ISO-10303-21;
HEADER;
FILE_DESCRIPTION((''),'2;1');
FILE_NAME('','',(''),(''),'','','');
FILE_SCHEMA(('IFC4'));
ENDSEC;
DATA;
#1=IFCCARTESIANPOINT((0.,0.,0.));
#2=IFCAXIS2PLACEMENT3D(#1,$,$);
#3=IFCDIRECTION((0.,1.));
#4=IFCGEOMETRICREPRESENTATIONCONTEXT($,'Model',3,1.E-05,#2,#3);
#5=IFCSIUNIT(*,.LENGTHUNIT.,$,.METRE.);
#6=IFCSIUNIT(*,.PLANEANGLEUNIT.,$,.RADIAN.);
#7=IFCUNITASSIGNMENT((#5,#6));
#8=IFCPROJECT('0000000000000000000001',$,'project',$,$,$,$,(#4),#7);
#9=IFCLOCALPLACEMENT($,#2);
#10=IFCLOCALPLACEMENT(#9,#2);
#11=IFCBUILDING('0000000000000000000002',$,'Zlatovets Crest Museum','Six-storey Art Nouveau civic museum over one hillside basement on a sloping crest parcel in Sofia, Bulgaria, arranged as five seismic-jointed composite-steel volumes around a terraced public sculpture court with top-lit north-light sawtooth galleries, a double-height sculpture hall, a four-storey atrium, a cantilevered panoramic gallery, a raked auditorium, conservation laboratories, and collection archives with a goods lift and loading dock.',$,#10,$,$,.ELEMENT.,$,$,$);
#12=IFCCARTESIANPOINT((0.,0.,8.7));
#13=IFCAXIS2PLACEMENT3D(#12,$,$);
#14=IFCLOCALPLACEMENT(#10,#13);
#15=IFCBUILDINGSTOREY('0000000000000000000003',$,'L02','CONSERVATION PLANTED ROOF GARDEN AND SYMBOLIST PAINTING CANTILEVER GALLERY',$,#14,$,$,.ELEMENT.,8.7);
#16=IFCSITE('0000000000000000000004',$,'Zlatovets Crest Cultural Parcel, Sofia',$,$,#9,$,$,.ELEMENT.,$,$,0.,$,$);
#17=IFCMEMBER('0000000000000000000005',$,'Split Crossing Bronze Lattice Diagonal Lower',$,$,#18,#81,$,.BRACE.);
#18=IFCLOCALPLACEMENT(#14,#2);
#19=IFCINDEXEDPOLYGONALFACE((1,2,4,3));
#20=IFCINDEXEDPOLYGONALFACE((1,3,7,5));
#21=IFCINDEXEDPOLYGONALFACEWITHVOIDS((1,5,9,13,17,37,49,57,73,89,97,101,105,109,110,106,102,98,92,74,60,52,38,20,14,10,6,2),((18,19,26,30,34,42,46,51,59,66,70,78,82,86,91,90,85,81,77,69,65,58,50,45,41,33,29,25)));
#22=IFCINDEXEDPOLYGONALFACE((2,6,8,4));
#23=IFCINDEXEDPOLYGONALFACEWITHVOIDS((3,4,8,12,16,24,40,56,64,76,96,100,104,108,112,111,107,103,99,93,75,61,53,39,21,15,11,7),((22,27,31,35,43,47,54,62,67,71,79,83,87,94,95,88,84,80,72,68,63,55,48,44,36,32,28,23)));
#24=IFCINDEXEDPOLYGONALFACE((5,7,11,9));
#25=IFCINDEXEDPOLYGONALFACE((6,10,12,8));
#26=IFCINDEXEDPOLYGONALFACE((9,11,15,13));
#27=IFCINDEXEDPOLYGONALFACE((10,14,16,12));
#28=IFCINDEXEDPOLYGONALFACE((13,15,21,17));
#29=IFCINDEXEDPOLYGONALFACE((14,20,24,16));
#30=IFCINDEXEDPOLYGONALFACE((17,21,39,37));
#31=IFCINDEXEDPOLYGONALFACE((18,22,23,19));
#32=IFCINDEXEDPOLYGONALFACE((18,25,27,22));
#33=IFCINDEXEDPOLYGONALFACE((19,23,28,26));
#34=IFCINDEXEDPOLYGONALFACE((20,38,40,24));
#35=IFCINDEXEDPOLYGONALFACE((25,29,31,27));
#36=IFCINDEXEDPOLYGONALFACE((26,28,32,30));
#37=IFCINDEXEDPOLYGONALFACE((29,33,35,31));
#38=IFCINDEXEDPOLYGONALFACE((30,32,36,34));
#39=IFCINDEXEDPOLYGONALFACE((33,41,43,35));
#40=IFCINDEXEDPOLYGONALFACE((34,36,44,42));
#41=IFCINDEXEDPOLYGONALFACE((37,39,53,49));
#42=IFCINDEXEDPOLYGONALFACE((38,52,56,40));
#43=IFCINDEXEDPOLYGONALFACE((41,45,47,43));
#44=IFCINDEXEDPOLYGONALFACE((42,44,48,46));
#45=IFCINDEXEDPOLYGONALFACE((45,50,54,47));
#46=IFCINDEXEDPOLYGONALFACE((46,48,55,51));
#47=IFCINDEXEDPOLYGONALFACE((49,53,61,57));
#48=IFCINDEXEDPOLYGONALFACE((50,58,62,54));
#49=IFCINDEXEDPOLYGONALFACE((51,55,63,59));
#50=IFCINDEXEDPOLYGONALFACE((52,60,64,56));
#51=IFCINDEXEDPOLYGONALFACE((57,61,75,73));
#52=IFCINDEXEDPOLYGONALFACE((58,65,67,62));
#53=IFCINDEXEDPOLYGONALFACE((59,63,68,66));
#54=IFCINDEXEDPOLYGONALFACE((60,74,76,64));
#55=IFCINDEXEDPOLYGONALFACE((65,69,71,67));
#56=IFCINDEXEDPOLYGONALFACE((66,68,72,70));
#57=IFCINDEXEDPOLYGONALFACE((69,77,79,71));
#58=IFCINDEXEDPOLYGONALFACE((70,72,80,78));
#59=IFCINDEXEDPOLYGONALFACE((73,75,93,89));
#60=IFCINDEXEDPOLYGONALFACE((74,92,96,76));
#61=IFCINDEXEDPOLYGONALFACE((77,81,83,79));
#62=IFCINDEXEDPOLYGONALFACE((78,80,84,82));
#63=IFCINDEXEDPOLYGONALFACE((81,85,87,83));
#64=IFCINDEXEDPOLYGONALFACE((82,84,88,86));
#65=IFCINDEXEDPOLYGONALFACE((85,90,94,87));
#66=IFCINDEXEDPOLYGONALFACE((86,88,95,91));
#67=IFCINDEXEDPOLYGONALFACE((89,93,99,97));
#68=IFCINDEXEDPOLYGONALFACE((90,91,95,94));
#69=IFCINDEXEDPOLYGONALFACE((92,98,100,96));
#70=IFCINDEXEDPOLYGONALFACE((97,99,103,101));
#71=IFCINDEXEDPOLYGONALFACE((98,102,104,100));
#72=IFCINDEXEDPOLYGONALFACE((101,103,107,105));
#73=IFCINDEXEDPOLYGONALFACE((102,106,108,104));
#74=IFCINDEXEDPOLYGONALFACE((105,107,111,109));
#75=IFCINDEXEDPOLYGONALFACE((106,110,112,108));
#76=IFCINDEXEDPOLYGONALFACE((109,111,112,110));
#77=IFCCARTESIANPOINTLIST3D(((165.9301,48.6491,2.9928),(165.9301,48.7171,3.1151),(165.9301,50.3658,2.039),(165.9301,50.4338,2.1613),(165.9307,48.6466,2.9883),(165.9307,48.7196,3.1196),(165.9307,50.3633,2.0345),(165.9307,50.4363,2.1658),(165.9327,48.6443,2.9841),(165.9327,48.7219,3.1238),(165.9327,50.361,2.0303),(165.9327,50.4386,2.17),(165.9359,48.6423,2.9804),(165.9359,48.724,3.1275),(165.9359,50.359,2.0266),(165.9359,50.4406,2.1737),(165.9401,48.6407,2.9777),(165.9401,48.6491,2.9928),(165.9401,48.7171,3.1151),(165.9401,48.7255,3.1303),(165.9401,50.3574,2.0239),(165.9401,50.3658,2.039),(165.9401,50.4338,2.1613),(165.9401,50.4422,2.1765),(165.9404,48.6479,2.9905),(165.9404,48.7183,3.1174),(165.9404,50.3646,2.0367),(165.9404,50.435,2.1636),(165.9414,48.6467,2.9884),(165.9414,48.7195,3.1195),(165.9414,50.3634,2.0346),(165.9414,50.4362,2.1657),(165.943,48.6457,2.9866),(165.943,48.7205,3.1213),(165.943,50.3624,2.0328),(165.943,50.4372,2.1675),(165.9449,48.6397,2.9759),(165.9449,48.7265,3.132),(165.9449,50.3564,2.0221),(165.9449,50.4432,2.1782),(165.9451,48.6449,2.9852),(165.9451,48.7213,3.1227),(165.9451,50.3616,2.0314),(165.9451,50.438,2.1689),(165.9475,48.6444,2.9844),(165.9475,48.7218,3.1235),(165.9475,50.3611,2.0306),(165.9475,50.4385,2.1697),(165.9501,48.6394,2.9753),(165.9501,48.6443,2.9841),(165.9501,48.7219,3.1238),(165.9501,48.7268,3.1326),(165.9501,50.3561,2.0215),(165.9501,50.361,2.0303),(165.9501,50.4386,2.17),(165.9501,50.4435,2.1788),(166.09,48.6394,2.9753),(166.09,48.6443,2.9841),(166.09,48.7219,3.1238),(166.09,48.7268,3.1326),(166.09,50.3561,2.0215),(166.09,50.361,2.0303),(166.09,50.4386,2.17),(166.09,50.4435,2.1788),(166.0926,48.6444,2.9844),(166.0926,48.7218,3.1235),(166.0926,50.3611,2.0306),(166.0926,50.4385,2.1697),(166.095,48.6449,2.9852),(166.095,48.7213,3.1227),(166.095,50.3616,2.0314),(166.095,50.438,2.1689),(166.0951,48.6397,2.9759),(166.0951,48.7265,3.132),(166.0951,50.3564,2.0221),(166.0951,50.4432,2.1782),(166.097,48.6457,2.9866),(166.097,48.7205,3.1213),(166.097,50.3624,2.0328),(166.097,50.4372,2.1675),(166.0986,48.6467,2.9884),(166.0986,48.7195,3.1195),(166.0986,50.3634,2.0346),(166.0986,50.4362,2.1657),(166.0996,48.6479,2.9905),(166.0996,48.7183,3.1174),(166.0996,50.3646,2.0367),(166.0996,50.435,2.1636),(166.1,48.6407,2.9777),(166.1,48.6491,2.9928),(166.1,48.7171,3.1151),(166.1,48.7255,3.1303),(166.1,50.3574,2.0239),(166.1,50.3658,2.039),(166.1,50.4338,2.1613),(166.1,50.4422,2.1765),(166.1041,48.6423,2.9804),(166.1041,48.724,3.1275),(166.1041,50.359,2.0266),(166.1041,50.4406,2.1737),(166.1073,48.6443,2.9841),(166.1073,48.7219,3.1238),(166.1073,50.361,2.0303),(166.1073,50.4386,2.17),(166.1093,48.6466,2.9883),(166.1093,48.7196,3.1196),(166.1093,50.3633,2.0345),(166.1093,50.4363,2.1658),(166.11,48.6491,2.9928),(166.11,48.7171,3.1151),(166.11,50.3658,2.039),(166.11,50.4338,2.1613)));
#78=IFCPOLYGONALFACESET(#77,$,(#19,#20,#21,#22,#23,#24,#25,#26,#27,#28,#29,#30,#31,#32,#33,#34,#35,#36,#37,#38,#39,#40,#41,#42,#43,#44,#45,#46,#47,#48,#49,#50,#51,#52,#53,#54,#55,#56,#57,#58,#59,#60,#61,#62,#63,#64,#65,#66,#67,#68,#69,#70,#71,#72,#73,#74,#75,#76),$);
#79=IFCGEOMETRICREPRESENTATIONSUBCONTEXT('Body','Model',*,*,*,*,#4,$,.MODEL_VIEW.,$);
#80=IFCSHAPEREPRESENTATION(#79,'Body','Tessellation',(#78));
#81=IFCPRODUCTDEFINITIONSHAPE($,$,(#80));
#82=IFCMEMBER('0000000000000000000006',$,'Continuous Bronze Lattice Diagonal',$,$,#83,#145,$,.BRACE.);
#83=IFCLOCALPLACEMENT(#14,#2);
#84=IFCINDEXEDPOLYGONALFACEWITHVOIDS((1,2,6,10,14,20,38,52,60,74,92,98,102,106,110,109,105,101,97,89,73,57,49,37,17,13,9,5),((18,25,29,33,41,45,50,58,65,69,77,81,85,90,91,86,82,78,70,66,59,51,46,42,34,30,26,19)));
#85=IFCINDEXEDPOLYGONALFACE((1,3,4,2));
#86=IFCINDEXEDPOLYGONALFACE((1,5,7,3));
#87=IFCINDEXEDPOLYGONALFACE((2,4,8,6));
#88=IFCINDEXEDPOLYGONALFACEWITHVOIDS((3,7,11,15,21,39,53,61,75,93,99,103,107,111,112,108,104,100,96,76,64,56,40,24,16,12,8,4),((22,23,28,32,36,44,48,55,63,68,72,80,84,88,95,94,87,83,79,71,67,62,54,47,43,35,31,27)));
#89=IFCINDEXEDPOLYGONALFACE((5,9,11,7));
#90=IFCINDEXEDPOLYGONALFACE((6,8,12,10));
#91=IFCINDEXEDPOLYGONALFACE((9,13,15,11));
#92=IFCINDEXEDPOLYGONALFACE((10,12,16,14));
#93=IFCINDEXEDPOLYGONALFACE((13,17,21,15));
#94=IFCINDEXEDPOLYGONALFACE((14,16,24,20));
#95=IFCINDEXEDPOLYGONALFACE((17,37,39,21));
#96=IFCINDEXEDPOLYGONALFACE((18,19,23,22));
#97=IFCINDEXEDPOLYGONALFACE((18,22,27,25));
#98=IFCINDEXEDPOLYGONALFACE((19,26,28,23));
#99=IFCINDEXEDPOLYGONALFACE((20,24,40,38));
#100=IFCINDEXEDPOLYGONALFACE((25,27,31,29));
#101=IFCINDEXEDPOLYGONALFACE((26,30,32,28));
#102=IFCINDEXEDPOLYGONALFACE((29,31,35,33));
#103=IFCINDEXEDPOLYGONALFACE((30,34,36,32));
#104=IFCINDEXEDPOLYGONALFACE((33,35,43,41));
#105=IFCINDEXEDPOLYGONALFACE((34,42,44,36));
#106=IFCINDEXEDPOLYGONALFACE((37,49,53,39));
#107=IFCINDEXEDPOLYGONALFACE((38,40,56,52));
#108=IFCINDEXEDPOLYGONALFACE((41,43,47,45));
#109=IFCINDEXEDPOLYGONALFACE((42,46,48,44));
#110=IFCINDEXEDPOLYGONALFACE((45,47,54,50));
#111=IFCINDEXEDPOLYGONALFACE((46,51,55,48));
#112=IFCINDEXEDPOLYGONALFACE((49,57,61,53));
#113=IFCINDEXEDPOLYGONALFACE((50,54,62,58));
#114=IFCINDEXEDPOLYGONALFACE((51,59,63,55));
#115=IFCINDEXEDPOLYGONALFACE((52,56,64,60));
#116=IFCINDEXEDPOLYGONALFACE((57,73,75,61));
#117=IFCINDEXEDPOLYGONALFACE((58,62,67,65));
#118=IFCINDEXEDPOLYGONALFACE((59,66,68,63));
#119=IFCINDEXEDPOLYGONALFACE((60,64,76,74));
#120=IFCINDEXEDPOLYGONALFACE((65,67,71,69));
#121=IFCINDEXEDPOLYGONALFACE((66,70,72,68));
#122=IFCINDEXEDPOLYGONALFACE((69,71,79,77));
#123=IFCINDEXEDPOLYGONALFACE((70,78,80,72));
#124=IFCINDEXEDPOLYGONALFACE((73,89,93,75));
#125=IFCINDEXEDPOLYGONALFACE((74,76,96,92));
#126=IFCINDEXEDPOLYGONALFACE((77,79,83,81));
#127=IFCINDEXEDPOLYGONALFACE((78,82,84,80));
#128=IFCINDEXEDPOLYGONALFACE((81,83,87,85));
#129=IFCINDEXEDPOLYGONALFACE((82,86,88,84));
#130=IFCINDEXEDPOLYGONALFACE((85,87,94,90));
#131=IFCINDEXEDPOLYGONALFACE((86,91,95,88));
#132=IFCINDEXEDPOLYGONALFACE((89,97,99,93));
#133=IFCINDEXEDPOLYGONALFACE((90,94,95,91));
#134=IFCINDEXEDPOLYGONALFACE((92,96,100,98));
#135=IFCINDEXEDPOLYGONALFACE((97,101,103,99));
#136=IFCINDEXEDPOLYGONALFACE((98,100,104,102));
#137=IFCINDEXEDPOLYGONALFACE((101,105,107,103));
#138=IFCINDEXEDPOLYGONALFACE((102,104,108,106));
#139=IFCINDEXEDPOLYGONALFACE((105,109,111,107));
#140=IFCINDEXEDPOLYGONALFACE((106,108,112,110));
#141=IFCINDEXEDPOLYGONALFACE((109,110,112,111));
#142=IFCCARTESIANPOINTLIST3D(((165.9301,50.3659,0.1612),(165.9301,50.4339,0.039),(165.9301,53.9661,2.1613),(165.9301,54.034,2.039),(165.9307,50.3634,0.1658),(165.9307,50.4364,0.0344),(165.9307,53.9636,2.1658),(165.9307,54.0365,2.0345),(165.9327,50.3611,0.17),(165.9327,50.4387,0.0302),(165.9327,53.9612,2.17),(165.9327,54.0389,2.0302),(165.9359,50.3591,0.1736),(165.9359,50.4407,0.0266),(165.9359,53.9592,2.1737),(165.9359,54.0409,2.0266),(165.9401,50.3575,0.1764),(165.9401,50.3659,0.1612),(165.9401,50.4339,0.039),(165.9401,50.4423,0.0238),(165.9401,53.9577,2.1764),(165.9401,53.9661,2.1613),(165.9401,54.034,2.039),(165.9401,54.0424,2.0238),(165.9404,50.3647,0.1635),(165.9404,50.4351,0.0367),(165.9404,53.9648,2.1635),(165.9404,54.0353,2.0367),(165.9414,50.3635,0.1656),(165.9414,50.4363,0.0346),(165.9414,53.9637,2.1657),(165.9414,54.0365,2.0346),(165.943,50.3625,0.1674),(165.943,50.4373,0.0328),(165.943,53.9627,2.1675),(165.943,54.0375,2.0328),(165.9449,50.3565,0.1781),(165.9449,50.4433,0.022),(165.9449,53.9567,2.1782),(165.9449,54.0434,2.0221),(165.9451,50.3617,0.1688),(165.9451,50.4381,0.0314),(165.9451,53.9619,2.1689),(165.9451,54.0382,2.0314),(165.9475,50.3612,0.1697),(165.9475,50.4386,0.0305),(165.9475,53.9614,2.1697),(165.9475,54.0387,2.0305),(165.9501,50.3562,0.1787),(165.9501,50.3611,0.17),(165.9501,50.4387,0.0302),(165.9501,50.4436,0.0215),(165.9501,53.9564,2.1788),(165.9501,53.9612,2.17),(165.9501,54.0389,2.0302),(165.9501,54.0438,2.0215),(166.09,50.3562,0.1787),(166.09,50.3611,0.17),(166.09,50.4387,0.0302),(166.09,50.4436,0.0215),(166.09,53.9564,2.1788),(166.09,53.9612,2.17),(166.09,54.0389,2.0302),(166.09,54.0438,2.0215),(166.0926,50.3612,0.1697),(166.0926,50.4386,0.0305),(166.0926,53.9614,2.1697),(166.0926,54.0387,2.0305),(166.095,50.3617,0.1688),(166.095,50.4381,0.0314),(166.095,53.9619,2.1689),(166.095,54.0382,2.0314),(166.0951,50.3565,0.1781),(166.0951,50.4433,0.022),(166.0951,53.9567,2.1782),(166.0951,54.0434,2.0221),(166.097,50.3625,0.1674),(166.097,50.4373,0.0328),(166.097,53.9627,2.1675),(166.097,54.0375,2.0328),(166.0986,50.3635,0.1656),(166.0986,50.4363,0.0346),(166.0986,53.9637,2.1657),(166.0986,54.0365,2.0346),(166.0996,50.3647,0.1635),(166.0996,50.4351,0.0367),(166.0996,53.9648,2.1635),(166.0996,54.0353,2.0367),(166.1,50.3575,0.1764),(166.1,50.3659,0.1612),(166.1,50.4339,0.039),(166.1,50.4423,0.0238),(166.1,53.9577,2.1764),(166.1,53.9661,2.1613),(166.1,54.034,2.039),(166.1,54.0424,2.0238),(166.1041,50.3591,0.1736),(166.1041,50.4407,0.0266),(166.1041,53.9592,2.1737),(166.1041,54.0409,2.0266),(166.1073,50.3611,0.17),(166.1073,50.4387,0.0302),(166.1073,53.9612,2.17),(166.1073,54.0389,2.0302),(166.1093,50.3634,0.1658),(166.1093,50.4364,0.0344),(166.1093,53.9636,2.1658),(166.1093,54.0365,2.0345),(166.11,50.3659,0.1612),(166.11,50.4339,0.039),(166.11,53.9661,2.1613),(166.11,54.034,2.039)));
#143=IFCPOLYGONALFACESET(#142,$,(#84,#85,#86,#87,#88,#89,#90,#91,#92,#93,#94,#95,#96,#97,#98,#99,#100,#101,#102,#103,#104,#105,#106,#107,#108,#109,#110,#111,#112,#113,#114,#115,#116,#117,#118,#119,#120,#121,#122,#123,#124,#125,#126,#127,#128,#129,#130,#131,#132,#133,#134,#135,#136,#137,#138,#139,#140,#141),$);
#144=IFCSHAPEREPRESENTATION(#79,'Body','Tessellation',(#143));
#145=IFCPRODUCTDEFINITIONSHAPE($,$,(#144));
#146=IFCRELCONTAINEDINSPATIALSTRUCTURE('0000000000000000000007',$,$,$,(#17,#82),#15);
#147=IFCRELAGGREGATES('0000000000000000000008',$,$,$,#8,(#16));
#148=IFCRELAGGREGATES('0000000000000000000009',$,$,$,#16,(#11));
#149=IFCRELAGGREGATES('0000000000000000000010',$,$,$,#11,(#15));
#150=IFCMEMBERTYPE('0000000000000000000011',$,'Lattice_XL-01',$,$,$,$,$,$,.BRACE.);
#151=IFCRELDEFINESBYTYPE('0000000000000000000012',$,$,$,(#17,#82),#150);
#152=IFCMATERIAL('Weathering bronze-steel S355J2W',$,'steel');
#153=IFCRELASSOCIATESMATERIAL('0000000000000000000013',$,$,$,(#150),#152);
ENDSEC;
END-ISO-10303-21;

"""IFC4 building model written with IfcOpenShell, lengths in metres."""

from ifc_helpers import new_model, si_unit, direction, frame, origin, origin_2d, place, context, subcontext, project, spatial, hollow_rectangle, extrude, material, material_profile, profile_set, type_object, element, save


model = new_model("IFC4")

# Units and contexts
model_context = context("Model", 3, precision=1e-05, world=origin(), true_north=direction((0.0, 1.0)))
body_context = subcontext(model_context, "Body", "Model", "MODEL_VIEW")
ifc_project = project(units=[si_unit("LENGTHUNIT", "METRE"), si_unit("PLANEANGLEUNIT", "RADIAN")], contexts=[model_context])

# Site, building, storey
site_placement = place(None, origin())
site = spatial("IfcSite", under=ifc_project, at=site_placement, Name="Zlatovets Crest Cultural Parcel, Sofia", CompositionType="ELEMENT", RefElevation=0.0)
building_placement = place(site_placement, origin())
building = spatial("IfcBuilding", under=site, at=building_placement, Name="Zlatovets Crest Museum", Description="Six-storey Art Nouveau civic museum over one hillside basement on a sloping crest parcel in Sofia, Bulgaria, arranged as five seismic-jointed composite-steel volumes around a terraced public sculpture court with top-lit north-light sawtooth galleries, a double-height sculpture hall, a four-storey atrium, a cantilevered panoramic gallery, a raked auditorium, conservation laboratories, and collection archives with a goods lift and loading dock.", CompositionType="ELEMENT")
storey_placement = place(building_placement, frame((0.0, 0.0, 8.7)))
storey = spatial("IfcBuildingStorey", under=building, at=storey_placement, Name="L02", Description="CONSERVATION PLANTED ROOF GARDEN AND SYMBOLIST PAINTING CANTILEVER GALLERY", CompositionType="ELEMENT", Elevation=8.7)

# Members
ifc_material_1 = material(Name="Weathering bronze-steel S355J2W", Category="steel")
ifc_material_profile_1 = material_profile(ifc_material_1, hollow_rectangle(XDim=0.1799, YDim=0.1799, WallThickness=0.01, InnerFilletRadius=0.01, OuterFilletRadius=0.02, at=origin_2d()), Name="SHS 180x180x10.0")
ifc_profile_set_1 = profile_set([ifc_material_profile_1], Name="Weathering bronze-steel S355J2W")
member_type_1 = type_object("IfcMemberType", Name="Lattice_XL-01", PredefinedType="BRACE", material=ifc_profile_set_1)
member_1_placement = place(storey_placement, frame((166.02, 48.6831, 3.054), z_axis=(0.0, 0.87414, -0.485675), x_axis=(-1.0, 0.0, 0.0)))
element("IfcMember", 1, at=member_1_placement, inside=storey, type_object=member_type_1, Name="Split Crossing Bronze Lattice Diagonal Lower", PredefinedType="BRACE", context=body_context, shape_type="SweptSolid", body=[
    extrude(hollow_rectangle(XDim=0.1799, YDim=0.1799, WallThickness=0.01, InnerFilletRadius=0.01, OuterFilletRadius=0.02, at=origin_2d()), origin(), (0.0, 0.0, 1.0), 1.9639),
])
member_2_placement = place(storey_placement, frame((166.02, 50.3999, 0.1001), z_axis=(0.0, 0.874163, 0.485633), x_axis=(-1.0, 0.0, 0.0)))
element("IfcMember", 2, at=member_2_placement, inside=storey, type_object=member_type_1, Name="Continuous Bronze Lattice Diagonal", PredefinedType="BRACE", context=body_context, shape_type="SweptSolid", body=[
    extrude(hollow_rectangle(XDim=0.1799, YDim=0.1799, WallThickness=0.01, InnerFilletRadius=0.01, OuterFilletRadius=0.02, at=origin_2d()), origin(), (0.0, 0.0, 1.0), 4.1184),
])

save(model, "model.ifc")
